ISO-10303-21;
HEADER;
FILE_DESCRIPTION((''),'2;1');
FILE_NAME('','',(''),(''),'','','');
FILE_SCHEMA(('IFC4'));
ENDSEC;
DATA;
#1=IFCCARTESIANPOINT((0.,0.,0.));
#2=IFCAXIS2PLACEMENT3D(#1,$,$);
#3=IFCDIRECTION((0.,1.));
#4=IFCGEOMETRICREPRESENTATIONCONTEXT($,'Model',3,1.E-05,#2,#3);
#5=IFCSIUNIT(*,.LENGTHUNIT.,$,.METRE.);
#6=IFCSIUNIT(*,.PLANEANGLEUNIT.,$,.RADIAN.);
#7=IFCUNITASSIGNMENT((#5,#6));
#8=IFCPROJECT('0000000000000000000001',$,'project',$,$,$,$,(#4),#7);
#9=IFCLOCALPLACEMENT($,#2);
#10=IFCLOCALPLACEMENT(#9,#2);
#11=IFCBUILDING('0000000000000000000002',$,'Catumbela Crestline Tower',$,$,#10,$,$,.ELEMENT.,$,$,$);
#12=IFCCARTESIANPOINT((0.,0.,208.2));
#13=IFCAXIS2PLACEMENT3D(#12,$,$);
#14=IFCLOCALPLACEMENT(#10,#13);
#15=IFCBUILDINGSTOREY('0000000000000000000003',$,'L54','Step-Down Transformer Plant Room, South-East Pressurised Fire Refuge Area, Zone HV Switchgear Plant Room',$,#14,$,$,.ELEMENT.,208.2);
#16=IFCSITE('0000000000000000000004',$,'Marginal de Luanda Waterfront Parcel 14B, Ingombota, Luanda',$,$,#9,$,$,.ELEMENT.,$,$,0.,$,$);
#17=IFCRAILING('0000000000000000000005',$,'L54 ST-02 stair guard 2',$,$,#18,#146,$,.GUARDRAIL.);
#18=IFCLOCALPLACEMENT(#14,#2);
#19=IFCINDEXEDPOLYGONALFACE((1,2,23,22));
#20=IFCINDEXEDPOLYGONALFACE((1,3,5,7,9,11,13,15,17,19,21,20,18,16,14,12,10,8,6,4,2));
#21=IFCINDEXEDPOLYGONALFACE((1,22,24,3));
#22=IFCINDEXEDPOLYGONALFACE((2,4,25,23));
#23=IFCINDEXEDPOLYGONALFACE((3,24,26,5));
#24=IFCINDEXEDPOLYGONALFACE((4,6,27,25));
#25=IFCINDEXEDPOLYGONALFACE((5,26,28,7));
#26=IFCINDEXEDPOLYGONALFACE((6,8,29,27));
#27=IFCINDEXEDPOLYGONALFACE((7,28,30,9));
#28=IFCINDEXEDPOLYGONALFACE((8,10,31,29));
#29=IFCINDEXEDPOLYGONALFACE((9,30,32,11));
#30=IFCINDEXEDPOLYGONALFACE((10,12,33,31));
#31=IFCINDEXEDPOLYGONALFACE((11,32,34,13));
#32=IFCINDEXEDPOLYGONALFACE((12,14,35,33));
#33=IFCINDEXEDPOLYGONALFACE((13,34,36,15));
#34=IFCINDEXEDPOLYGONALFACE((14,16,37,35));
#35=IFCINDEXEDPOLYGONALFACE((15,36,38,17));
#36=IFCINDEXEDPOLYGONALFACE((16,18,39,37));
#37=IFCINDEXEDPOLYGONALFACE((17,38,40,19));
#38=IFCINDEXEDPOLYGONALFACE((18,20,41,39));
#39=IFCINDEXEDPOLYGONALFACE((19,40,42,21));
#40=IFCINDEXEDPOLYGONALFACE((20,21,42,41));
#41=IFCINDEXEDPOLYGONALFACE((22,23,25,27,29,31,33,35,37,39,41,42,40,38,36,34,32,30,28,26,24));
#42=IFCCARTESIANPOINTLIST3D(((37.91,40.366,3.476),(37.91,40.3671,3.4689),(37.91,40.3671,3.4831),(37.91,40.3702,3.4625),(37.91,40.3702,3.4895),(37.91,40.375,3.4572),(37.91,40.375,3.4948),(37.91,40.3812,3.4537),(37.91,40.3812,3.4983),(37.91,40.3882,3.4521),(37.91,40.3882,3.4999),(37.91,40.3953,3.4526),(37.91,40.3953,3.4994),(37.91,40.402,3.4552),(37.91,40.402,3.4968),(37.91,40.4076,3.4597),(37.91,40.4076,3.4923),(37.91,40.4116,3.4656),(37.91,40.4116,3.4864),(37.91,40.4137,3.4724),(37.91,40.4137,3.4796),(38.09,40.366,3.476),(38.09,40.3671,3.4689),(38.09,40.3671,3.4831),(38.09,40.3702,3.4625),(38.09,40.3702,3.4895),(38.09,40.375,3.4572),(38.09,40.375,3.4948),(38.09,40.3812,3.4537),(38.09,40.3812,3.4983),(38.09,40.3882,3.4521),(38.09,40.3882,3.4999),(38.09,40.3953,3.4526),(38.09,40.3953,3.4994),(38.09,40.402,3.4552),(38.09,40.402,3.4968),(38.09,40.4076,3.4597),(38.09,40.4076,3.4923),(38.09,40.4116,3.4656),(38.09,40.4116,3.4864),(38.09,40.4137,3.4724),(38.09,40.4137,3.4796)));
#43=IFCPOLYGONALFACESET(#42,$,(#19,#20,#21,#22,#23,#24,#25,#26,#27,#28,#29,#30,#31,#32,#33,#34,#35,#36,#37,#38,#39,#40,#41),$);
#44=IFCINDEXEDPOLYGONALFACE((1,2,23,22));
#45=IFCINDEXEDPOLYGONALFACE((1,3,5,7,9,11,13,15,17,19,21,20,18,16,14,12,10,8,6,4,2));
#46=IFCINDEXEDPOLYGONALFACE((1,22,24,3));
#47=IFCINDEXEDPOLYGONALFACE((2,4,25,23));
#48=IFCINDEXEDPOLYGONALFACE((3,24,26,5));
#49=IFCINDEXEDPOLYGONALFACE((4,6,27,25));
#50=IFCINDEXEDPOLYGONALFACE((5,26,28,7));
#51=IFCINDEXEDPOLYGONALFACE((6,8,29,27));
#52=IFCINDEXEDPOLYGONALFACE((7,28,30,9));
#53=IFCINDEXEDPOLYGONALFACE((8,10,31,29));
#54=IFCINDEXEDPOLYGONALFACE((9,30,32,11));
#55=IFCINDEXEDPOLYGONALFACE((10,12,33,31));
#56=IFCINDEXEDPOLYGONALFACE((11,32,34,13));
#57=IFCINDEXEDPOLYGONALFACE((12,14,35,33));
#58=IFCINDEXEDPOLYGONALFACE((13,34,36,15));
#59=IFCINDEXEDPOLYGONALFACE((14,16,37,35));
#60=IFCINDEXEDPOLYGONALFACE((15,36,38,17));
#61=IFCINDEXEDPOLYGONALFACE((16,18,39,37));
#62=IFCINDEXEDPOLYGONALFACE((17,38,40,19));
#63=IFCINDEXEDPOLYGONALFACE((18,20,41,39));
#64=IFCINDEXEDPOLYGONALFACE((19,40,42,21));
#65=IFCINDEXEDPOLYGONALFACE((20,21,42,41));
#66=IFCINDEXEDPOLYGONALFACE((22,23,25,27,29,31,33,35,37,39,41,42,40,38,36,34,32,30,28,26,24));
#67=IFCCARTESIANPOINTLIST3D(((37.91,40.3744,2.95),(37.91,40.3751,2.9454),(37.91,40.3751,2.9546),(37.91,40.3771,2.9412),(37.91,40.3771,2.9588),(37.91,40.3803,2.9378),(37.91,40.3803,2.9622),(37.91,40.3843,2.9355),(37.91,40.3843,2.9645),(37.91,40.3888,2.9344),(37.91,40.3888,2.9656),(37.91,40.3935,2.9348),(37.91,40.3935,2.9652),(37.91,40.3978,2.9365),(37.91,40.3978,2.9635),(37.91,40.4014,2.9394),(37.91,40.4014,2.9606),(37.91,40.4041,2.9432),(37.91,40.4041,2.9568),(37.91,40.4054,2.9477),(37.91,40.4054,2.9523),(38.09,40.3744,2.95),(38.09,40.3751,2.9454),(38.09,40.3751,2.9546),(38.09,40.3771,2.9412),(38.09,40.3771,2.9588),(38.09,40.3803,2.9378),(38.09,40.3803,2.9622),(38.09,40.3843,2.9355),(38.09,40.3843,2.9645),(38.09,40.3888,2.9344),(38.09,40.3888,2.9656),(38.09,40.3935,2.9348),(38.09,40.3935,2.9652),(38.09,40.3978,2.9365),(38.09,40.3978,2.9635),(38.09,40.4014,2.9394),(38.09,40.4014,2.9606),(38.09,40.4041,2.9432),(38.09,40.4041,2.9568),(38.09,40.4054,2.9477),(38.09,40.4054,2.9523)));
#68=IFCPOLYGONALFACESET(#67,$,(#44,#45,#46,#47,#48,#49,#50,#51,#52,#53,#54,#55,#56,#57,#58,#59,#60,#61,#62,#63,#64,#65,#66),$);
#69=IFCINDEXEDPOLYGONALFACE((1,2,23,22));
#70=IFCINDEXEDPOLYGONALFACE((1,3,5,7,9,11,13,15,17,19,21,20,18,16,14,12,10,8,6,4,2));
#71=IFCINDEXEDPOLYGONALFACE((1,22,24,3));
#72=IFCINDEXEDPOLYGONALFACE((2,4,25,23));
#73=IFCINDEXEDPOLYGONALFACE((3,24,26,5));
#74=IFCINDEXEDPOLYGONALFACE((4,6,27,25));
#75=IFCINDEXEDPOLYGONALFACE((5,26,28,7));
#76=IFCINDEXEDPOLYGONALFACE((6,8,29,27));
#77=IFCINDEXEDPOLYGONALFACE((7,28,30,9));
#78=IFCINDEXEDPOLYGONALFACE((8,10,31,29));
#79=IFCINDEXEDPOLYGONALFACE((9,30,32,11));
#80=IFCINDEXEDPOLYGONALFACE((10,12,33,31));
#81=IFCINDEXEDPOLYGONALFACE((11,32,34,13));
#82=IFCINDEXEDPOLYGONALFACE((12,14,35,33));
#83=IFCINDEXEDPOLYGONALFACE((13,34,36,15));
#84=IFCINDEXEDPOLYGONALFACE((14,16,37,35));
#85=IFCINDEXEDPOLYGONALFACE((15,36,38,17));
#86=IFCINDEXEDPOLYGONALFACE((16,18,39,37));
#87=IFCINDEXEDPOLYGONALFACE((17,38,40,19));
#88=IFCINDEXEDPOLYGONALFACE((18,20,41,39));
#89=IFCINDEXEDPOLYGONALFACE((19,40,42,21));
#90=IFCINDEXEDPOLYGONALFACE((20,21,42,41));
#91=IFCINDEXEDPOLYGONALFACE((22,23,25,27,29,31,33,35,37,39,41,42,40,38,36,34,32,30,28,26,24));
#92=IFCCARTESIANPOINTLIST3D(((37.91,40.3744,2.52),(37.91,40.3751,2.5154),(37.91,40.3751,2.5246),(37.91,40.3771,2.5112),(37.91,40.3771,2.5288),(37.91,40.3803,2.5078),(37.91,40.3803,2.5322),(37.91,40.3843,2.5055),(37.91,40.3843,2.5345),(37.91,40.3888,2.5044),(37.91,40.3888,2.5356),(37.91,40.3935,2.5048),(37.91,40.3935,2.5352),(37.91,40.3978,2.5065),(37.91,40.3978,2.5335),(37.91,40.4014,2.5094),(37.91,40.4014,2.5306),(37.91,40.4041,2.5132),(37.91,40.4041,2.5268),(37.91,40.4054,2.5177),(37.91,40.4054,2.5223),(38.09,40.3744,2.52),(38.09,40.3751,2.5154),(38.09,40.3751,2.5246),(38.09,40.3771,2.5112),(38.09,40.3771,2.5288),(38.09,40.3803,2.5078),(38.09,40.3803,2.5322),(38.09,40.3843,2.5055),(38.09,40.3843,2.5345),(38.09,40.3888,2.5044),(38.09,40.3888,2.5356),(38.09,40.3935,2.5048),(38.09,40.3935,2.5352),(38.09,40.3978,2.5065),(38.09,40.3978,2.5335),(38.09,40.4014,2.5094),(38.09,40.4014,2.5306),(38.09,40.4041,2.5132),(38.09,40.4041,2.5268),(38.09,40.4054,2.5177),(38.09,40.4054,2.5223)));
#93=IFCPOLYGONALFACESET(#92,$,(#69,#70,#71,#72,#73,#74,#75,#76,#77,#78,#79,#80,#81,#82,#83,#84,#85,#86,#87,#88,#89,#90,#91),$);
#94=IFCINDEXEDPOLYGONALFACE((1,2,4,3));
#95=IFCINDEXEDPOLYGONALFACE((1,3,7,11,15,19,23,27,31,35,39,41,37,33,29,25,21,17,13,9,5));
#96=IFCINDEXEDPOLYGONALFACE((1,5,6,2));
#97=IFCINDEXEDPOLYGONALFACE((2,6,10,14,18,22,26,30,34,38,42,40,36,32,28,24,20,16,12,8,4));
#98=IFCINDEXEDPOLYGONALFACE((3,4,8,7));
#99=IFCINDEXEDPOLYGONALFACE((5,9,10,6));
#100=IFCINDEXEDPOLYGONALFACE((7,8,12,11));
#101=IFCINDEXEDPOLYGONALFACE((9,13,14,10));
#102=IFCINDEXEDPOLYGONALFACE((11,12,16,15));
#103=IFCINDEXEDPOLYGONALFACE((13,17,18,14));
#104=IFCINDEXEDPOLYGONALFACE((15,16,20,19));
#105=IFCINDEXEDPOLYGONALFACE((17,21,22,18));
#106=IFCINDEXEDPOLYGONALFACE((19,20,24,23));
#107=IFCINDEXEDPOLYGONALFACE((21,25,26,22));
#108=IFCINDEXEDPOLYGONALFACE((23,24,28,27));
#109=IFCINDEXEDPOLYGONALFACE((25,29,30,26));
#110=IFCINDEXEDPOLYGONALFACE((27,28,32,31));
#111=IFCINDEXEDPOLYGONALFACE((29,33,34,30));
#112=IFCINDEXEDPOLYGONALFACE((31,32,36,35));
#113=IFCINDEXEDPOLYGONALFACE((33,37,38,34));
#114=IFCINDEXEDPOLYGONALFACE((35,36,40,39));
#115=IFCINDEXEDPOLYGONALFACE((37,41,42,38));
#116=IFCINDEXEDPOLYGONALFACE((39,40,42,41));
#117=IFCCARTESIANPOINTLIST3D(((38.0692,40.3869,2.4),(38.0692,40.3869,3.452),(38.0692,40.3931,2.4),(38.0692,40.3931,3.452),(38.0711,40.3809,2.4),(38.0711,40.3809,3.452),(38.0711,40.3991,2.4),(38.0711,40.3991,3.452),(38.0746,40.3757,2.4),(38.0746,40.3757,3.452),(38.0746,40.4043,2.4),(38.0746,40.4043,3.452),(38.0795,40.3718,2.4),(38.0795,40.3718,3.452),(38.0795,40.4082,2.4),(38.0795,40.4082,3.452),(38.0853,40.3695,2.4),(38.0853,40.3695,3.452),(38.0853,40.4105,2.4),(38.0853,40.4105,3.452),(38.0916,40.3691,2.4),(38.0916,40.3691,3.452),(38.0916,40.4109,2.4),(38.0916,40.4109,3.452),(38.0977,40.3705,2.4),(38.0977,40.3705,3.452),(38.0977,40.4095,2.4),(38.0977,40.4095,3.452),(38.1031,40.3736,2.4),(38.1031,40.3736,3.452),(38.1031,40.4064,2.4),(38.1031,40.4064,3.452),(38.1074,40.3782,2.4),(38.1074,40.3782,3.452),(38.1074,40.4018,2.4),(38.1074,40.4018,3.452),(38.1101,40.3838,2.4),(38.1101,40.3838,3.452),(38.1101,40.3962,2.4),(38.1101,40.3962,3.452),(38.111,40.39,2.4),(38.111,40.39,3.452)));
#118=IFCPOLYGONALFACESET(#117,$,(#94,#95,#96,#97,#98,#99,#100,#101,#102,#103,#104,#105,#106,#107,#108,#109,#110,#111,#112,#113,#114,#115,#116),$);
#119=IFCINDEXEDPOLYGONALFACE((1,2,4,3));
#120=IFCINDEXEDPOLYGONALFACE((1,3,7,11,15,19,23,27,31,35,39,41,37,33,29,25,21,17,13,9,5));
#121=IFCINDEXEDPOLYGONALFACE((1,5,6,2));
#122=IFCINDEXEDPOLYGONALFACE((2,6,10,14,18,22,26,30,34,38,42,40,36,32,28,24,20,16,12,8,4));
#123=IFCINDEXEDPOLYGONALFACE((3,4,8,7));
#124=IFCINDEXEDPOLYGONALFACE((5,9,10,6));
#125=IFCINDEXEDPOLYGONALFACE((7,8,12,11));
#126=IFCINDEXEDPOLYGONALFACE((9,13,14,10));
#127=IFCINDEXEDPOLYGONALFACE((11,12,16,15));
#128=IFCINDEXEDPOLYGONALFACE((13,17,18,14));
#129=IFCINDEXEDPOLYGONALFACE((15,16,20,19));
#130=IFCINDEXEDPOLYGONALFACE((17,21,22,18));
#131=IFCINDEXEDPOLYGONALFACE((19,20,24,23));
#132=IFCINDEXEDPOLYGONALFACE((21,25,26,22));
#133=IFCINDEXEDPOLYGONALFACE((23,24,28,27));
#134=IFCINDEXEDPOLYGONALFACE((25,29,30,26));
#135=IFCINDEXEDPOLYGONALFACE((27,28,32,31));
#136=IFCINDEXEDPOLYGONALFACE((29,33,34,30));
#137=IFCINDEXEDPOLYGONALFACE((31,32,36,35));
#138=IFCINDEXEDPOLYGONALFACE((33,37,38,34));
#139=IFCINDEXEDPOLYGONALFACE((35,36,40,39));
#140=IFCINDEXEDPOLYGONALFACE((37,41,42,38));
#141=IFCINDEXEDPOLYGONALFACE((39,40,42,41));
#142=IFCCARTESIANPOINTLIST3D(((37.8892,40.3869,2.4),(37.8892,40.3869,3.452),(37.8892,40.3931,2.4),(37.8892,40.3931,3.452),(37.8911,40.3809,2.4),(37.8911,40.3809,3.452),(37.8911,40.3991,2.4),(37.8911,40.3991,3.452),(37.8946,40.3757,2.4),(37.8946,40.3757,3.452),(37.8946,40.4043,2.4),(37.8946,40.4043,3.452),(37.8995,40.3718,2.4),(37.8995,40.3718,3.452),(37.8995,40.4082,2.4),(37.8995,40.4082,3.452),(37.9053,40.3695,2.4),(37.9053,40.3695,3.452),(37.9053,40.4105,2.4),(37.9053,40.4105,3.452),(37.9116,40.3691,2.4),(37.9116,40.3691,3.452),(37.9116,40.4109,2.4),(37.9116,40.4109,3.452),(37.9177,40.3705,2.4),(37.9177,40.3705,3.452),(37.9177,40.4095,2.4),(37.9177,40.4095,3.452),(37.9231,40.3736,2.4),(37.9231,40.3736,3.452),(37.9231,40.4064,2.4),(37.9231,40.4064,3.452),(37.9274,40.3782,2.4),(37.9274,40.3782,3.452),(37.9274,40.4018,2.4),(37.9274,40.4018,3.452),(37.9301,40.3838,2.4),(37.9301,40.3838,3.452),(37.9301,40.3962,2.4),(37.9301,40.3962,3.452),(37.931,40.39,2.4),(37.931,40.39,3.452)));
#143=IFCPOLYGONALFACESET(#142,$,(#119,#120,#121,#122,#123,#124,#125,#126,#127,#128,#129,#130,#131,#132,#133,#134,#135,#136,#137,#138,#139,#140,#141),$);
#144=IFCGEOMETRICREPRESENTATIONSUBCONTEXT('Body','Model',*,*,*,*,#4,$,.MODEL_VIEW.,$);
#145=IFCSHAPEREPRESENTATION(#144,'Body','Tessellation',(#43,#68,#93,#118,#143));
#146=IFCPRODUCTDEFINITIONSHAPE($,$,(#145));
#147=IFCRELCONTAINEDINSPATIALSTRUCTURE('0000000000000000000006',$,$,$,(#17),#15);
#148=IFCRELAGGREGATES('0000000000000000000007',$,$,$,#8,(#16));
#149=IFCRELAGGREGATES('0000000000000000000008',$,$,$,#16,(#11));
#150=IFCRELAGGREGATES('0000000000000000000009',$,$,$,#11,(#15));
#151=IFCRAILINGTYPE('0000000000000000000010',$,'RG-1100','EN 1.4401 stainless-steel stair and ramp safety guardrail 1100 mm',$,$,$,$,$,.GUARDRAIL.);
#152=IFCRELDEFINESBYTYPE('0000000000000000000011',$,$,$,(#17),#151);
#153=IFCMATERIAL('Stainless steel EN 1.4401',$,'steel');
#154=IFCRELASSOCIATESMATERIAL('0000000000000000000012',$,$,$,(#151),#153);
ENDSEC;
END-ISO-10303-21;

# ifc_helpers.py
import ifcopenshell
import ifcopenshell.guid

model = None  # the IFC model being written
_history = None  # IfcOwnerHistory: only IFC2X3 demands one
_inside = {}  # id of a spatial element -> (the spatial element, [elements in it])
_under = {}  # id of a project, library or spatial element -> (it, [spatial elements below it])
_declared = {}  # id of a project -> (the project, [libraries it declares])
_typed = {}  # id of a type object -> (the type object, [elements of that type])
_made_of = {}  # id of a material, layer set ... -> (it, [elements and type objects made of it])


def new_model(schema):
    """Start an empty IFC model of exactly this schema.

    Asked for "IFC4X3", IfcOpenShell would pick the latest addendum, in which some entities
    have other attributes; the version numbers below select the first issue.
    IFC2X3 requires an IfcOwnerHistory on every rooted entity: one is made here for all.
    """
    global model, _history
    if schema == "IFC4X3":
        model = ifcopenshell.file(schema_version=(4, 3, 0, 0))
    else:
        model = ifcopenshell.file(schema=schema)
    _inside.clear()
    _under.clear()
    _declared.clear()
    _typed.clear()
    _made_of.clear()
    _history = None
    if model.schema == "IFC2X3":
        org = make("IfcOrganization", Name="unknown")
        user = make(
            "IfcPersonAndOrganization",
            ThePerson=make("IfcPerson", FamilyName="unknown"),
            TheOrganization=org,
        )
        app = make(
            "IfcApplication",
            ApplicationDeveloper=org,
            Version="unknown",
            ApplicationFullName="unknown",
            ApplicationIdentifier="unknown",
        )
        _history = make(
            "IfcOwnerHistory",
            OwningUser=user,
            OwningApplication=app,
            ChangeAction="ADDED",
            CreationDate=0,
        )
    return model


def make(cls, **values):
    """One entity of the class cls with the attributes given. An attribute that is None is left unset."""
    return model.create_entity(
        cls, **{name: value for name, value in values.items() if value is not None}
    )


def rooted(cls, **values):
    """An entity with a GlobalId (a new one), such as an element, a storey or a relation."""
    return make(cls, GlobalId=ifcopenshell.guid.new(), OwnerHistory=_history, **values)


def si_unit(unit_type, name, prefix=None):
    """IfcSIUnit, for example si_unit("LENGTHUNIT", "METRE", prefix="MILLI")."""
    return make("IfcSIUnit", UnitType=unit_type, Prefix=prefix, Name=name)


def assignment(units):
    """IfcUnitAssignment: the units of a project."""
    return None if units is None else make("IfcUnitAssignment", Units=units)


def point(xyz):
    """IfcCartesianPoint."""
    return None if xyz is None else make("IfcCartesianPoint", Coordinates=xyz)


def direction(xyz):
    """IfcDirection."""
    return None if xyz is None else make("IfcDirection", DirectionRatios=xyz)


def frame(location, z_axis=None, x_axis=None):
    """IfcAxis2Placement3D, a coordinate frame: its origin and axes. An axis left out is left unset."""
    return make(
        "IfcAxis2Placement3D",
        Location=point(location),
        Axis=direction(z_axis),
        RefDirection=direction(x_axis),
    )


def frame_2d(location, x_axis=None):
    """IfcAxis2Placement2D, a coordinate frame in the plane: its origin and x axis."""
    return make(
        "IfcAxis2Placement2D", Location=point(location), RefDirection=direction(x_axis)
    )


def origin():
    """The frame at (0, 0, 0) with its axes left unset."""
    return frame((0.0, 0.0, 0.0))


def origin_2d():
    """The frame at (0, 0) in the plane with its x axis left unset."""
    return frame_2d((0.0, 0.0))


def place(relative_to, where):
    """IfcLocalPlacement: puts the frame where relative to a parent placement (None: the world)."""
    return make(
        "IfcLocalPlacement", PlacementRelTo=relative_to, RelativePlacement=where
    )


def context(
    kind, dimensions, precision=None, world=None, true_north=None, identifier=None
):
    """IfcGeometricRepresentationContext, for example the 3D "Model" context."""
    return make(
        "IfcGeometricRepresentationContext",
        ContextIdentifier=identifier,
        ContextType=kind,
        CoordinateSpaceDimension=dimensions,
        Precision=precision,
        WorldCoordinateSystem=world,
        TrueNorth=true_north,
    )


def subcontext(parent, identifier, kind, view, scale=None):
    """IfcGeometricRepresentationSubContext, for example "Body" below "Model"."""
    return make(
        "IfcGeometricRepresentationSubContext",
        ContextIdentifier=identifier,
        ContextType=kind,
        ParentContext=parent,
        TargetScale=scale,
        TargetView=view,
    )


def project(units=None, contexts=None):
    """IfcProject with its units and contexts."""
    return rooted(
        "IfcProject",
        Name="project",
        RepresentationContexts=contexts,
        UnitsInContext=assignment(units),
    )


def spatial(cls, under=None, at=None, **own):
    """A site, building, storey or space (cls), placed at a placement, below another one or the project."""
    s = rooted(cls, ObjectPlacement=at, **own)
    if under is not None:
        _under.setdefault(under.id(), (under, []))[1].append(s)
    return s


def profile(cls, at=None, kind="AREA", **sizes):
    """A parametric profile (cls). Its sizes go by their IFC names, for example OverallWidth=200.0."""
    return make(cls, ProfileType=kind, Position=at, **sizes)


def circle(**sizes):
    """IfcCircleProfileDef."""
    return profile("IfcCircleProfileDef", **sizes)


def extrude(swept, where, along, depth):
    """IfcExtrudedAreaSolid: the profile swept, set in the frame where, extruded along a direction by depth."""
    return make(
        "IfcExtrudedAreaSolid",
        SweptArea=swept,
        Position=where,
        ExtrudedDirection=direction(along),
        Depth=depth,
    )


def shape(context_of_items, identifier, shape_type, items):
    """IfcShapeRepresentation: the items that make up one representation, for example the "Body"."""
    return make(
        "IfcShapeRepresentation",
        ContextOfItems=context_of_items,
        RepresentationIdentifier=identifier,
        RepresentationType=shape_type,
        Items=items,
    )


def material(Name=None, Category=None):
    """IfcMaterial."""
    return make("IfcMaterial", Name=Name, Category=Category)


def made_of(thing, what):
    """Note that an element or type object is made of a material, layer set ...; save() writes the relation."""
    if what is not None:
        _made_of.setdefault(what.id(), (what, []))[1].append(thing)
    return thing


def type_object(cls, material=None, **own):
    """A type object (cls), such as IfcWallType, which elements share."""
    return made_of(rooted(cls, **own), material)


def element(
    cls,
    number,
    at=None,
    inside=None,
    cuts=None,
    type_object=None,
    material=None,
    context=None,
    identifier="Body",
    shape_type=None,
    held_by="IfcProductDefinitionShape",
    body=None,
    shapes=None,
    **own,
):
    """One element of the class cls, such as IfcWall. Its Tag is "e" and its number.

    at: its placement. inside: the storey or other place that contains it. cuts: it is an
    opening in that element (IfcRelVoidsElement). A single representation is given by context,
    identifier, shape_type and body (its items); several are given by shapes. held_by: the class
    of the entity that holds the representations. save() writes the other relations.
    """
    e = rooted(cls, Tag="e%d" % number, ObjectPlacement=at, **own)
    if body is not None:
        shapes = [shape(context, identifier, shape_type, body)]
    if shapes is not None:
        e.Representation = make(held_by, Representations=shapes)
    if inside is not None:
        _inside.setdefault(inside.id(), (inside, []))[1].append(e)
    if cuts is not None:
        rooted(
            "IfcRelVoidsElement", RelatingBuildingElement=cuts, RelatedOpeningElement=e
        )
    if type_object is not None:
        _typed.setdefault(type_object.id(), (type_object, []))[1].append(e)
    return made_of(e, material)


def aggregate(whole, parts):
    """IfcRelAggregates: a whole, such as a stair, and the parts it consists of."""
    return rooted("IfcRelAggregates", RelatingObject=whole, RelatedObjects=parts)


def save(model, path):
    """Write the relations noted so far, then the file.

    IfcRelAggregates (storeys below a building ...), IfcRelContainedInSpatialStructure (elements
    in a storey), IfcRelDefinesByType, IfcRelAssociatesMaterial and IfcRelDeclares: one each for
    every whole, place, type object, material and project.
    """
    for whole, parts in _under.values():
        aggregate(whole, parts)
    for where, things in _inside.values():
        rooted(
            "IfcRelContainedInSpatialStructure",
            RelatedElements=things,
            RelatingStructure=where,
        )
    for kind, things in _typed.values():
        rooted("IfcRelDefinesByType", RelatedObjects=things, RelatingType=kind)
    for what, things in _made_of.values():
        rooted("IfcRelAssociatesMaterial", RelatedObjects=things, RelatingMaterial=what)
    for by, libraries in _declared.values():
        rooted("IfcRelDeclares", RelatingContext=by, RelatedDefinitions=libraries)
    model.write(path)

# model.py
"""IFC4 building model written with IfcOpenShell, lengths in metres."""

from ifc_helpers import new_model, si_unit, direction, frame, origin, origin_2d, place, context, subcontext, project, spatial, circle, extrude, material, type_object, element, save


model = new_model("IFC4")

# Units and contexts
model_context = context("Model", 3, precision=1e-05, world=origin(), true_north=direction((0.0, 1.0)))
body_context = subcontext(model_context, "Body", "Model", "MODEL_VIEW")
ifc_project = project(units=[si_unit("LENGTHUNIT", "METRE"), si_unit("PLANEANGLEUNIT", "RADIAN")], contexts=[model_context])

# Site, building, storey
site_placement = place(None, origin())
site = spatial("IfcSite", under=ifc_project, at=site_placement, Name="Marginal de Luanda Waterfront Parcel 14B, Ingombota, Luanda", CompositionType="ELEMENT", RefElevation=0.0)
building_placement = place(site_placement, origin())
building = spatial("IfcBuilding", under=site, at=building_placement, Name="Catumbela Crestline Tower", CompositionType="ELEMENT")
storey_placement = place(building_placement, frame((0.0, 0.0, 208.2)))
storey = spatial("IfcBuildingStorey", under=building, at=storey_placement, Name="L54", Description="Step-Down Transformer Plant Room, South-East Pressurised Fire Refuge Area, Zone HV Switchgear Plant Room", CompositionType="ELEMENT", Elevation=208.2)

# Shared definitions
ifc_material_1 = material(Name="Stainless steel EN 1.4401", Category="steel")

# Railing
railing_type_1 = type_object("IfcRailingType", Name="RG-1100", Description="EN 1.4401 stainless-steel stair and ramp safety guardrail 1100 mm", PredefinedType="GUARDRAIL", material=ifc_material_1)
railing_1_placement = place(storey_placement, frame((38.09, 40.39, 2.4)))
element("IfcRailing", 1, at=railing_1_placement, inside=storey, type_object=railing_type_1, Name="L54 ST-02 stair guard 2", PredefinedType="GUARDRAIL", context=body_context, shape_type="SweptSolid", body=[
    extrude(circle(Radius=0.024, at=origin_2d()), frame((0.0, 0.0, 1.076), z_axis=(-1.0, 0.0, 0.0), x_axis=(0.0, -1.0, 0.0)), (0.0, 0.0, 1.0), 0.18),
    extrude(circle(Radius=0.0156, at=origin_2d()), frame((0.0, 0.0, 0.55), z_axis=(-1.0, 0.0, 0.0), x_axis=(0.0, -1.0, 0.0)), (0.0, 0.0, 1.0), 0.18),
    extrude(circle(Radius=0.0156, at=origin_2d()), frame((0.0, 0.0, 0.12), z_axis=(-1.0, 0.0, 0.0), x_axis=(0.0, -1.0, 0.0)), (0.0, 0.0, 1.0), 0.18),
    extrude(circle(Radius=0.021, at=origin_2d()), origin(), (0.0, 0.0, 1.0), 1.052),
    extrude(circle(Radius=0.021, at=origin_2d()), frame((-0.18, 0.0, 0.0)), (0.0, 0.0, 1.0), 1.052),
])

save(model, "model.ifc")
